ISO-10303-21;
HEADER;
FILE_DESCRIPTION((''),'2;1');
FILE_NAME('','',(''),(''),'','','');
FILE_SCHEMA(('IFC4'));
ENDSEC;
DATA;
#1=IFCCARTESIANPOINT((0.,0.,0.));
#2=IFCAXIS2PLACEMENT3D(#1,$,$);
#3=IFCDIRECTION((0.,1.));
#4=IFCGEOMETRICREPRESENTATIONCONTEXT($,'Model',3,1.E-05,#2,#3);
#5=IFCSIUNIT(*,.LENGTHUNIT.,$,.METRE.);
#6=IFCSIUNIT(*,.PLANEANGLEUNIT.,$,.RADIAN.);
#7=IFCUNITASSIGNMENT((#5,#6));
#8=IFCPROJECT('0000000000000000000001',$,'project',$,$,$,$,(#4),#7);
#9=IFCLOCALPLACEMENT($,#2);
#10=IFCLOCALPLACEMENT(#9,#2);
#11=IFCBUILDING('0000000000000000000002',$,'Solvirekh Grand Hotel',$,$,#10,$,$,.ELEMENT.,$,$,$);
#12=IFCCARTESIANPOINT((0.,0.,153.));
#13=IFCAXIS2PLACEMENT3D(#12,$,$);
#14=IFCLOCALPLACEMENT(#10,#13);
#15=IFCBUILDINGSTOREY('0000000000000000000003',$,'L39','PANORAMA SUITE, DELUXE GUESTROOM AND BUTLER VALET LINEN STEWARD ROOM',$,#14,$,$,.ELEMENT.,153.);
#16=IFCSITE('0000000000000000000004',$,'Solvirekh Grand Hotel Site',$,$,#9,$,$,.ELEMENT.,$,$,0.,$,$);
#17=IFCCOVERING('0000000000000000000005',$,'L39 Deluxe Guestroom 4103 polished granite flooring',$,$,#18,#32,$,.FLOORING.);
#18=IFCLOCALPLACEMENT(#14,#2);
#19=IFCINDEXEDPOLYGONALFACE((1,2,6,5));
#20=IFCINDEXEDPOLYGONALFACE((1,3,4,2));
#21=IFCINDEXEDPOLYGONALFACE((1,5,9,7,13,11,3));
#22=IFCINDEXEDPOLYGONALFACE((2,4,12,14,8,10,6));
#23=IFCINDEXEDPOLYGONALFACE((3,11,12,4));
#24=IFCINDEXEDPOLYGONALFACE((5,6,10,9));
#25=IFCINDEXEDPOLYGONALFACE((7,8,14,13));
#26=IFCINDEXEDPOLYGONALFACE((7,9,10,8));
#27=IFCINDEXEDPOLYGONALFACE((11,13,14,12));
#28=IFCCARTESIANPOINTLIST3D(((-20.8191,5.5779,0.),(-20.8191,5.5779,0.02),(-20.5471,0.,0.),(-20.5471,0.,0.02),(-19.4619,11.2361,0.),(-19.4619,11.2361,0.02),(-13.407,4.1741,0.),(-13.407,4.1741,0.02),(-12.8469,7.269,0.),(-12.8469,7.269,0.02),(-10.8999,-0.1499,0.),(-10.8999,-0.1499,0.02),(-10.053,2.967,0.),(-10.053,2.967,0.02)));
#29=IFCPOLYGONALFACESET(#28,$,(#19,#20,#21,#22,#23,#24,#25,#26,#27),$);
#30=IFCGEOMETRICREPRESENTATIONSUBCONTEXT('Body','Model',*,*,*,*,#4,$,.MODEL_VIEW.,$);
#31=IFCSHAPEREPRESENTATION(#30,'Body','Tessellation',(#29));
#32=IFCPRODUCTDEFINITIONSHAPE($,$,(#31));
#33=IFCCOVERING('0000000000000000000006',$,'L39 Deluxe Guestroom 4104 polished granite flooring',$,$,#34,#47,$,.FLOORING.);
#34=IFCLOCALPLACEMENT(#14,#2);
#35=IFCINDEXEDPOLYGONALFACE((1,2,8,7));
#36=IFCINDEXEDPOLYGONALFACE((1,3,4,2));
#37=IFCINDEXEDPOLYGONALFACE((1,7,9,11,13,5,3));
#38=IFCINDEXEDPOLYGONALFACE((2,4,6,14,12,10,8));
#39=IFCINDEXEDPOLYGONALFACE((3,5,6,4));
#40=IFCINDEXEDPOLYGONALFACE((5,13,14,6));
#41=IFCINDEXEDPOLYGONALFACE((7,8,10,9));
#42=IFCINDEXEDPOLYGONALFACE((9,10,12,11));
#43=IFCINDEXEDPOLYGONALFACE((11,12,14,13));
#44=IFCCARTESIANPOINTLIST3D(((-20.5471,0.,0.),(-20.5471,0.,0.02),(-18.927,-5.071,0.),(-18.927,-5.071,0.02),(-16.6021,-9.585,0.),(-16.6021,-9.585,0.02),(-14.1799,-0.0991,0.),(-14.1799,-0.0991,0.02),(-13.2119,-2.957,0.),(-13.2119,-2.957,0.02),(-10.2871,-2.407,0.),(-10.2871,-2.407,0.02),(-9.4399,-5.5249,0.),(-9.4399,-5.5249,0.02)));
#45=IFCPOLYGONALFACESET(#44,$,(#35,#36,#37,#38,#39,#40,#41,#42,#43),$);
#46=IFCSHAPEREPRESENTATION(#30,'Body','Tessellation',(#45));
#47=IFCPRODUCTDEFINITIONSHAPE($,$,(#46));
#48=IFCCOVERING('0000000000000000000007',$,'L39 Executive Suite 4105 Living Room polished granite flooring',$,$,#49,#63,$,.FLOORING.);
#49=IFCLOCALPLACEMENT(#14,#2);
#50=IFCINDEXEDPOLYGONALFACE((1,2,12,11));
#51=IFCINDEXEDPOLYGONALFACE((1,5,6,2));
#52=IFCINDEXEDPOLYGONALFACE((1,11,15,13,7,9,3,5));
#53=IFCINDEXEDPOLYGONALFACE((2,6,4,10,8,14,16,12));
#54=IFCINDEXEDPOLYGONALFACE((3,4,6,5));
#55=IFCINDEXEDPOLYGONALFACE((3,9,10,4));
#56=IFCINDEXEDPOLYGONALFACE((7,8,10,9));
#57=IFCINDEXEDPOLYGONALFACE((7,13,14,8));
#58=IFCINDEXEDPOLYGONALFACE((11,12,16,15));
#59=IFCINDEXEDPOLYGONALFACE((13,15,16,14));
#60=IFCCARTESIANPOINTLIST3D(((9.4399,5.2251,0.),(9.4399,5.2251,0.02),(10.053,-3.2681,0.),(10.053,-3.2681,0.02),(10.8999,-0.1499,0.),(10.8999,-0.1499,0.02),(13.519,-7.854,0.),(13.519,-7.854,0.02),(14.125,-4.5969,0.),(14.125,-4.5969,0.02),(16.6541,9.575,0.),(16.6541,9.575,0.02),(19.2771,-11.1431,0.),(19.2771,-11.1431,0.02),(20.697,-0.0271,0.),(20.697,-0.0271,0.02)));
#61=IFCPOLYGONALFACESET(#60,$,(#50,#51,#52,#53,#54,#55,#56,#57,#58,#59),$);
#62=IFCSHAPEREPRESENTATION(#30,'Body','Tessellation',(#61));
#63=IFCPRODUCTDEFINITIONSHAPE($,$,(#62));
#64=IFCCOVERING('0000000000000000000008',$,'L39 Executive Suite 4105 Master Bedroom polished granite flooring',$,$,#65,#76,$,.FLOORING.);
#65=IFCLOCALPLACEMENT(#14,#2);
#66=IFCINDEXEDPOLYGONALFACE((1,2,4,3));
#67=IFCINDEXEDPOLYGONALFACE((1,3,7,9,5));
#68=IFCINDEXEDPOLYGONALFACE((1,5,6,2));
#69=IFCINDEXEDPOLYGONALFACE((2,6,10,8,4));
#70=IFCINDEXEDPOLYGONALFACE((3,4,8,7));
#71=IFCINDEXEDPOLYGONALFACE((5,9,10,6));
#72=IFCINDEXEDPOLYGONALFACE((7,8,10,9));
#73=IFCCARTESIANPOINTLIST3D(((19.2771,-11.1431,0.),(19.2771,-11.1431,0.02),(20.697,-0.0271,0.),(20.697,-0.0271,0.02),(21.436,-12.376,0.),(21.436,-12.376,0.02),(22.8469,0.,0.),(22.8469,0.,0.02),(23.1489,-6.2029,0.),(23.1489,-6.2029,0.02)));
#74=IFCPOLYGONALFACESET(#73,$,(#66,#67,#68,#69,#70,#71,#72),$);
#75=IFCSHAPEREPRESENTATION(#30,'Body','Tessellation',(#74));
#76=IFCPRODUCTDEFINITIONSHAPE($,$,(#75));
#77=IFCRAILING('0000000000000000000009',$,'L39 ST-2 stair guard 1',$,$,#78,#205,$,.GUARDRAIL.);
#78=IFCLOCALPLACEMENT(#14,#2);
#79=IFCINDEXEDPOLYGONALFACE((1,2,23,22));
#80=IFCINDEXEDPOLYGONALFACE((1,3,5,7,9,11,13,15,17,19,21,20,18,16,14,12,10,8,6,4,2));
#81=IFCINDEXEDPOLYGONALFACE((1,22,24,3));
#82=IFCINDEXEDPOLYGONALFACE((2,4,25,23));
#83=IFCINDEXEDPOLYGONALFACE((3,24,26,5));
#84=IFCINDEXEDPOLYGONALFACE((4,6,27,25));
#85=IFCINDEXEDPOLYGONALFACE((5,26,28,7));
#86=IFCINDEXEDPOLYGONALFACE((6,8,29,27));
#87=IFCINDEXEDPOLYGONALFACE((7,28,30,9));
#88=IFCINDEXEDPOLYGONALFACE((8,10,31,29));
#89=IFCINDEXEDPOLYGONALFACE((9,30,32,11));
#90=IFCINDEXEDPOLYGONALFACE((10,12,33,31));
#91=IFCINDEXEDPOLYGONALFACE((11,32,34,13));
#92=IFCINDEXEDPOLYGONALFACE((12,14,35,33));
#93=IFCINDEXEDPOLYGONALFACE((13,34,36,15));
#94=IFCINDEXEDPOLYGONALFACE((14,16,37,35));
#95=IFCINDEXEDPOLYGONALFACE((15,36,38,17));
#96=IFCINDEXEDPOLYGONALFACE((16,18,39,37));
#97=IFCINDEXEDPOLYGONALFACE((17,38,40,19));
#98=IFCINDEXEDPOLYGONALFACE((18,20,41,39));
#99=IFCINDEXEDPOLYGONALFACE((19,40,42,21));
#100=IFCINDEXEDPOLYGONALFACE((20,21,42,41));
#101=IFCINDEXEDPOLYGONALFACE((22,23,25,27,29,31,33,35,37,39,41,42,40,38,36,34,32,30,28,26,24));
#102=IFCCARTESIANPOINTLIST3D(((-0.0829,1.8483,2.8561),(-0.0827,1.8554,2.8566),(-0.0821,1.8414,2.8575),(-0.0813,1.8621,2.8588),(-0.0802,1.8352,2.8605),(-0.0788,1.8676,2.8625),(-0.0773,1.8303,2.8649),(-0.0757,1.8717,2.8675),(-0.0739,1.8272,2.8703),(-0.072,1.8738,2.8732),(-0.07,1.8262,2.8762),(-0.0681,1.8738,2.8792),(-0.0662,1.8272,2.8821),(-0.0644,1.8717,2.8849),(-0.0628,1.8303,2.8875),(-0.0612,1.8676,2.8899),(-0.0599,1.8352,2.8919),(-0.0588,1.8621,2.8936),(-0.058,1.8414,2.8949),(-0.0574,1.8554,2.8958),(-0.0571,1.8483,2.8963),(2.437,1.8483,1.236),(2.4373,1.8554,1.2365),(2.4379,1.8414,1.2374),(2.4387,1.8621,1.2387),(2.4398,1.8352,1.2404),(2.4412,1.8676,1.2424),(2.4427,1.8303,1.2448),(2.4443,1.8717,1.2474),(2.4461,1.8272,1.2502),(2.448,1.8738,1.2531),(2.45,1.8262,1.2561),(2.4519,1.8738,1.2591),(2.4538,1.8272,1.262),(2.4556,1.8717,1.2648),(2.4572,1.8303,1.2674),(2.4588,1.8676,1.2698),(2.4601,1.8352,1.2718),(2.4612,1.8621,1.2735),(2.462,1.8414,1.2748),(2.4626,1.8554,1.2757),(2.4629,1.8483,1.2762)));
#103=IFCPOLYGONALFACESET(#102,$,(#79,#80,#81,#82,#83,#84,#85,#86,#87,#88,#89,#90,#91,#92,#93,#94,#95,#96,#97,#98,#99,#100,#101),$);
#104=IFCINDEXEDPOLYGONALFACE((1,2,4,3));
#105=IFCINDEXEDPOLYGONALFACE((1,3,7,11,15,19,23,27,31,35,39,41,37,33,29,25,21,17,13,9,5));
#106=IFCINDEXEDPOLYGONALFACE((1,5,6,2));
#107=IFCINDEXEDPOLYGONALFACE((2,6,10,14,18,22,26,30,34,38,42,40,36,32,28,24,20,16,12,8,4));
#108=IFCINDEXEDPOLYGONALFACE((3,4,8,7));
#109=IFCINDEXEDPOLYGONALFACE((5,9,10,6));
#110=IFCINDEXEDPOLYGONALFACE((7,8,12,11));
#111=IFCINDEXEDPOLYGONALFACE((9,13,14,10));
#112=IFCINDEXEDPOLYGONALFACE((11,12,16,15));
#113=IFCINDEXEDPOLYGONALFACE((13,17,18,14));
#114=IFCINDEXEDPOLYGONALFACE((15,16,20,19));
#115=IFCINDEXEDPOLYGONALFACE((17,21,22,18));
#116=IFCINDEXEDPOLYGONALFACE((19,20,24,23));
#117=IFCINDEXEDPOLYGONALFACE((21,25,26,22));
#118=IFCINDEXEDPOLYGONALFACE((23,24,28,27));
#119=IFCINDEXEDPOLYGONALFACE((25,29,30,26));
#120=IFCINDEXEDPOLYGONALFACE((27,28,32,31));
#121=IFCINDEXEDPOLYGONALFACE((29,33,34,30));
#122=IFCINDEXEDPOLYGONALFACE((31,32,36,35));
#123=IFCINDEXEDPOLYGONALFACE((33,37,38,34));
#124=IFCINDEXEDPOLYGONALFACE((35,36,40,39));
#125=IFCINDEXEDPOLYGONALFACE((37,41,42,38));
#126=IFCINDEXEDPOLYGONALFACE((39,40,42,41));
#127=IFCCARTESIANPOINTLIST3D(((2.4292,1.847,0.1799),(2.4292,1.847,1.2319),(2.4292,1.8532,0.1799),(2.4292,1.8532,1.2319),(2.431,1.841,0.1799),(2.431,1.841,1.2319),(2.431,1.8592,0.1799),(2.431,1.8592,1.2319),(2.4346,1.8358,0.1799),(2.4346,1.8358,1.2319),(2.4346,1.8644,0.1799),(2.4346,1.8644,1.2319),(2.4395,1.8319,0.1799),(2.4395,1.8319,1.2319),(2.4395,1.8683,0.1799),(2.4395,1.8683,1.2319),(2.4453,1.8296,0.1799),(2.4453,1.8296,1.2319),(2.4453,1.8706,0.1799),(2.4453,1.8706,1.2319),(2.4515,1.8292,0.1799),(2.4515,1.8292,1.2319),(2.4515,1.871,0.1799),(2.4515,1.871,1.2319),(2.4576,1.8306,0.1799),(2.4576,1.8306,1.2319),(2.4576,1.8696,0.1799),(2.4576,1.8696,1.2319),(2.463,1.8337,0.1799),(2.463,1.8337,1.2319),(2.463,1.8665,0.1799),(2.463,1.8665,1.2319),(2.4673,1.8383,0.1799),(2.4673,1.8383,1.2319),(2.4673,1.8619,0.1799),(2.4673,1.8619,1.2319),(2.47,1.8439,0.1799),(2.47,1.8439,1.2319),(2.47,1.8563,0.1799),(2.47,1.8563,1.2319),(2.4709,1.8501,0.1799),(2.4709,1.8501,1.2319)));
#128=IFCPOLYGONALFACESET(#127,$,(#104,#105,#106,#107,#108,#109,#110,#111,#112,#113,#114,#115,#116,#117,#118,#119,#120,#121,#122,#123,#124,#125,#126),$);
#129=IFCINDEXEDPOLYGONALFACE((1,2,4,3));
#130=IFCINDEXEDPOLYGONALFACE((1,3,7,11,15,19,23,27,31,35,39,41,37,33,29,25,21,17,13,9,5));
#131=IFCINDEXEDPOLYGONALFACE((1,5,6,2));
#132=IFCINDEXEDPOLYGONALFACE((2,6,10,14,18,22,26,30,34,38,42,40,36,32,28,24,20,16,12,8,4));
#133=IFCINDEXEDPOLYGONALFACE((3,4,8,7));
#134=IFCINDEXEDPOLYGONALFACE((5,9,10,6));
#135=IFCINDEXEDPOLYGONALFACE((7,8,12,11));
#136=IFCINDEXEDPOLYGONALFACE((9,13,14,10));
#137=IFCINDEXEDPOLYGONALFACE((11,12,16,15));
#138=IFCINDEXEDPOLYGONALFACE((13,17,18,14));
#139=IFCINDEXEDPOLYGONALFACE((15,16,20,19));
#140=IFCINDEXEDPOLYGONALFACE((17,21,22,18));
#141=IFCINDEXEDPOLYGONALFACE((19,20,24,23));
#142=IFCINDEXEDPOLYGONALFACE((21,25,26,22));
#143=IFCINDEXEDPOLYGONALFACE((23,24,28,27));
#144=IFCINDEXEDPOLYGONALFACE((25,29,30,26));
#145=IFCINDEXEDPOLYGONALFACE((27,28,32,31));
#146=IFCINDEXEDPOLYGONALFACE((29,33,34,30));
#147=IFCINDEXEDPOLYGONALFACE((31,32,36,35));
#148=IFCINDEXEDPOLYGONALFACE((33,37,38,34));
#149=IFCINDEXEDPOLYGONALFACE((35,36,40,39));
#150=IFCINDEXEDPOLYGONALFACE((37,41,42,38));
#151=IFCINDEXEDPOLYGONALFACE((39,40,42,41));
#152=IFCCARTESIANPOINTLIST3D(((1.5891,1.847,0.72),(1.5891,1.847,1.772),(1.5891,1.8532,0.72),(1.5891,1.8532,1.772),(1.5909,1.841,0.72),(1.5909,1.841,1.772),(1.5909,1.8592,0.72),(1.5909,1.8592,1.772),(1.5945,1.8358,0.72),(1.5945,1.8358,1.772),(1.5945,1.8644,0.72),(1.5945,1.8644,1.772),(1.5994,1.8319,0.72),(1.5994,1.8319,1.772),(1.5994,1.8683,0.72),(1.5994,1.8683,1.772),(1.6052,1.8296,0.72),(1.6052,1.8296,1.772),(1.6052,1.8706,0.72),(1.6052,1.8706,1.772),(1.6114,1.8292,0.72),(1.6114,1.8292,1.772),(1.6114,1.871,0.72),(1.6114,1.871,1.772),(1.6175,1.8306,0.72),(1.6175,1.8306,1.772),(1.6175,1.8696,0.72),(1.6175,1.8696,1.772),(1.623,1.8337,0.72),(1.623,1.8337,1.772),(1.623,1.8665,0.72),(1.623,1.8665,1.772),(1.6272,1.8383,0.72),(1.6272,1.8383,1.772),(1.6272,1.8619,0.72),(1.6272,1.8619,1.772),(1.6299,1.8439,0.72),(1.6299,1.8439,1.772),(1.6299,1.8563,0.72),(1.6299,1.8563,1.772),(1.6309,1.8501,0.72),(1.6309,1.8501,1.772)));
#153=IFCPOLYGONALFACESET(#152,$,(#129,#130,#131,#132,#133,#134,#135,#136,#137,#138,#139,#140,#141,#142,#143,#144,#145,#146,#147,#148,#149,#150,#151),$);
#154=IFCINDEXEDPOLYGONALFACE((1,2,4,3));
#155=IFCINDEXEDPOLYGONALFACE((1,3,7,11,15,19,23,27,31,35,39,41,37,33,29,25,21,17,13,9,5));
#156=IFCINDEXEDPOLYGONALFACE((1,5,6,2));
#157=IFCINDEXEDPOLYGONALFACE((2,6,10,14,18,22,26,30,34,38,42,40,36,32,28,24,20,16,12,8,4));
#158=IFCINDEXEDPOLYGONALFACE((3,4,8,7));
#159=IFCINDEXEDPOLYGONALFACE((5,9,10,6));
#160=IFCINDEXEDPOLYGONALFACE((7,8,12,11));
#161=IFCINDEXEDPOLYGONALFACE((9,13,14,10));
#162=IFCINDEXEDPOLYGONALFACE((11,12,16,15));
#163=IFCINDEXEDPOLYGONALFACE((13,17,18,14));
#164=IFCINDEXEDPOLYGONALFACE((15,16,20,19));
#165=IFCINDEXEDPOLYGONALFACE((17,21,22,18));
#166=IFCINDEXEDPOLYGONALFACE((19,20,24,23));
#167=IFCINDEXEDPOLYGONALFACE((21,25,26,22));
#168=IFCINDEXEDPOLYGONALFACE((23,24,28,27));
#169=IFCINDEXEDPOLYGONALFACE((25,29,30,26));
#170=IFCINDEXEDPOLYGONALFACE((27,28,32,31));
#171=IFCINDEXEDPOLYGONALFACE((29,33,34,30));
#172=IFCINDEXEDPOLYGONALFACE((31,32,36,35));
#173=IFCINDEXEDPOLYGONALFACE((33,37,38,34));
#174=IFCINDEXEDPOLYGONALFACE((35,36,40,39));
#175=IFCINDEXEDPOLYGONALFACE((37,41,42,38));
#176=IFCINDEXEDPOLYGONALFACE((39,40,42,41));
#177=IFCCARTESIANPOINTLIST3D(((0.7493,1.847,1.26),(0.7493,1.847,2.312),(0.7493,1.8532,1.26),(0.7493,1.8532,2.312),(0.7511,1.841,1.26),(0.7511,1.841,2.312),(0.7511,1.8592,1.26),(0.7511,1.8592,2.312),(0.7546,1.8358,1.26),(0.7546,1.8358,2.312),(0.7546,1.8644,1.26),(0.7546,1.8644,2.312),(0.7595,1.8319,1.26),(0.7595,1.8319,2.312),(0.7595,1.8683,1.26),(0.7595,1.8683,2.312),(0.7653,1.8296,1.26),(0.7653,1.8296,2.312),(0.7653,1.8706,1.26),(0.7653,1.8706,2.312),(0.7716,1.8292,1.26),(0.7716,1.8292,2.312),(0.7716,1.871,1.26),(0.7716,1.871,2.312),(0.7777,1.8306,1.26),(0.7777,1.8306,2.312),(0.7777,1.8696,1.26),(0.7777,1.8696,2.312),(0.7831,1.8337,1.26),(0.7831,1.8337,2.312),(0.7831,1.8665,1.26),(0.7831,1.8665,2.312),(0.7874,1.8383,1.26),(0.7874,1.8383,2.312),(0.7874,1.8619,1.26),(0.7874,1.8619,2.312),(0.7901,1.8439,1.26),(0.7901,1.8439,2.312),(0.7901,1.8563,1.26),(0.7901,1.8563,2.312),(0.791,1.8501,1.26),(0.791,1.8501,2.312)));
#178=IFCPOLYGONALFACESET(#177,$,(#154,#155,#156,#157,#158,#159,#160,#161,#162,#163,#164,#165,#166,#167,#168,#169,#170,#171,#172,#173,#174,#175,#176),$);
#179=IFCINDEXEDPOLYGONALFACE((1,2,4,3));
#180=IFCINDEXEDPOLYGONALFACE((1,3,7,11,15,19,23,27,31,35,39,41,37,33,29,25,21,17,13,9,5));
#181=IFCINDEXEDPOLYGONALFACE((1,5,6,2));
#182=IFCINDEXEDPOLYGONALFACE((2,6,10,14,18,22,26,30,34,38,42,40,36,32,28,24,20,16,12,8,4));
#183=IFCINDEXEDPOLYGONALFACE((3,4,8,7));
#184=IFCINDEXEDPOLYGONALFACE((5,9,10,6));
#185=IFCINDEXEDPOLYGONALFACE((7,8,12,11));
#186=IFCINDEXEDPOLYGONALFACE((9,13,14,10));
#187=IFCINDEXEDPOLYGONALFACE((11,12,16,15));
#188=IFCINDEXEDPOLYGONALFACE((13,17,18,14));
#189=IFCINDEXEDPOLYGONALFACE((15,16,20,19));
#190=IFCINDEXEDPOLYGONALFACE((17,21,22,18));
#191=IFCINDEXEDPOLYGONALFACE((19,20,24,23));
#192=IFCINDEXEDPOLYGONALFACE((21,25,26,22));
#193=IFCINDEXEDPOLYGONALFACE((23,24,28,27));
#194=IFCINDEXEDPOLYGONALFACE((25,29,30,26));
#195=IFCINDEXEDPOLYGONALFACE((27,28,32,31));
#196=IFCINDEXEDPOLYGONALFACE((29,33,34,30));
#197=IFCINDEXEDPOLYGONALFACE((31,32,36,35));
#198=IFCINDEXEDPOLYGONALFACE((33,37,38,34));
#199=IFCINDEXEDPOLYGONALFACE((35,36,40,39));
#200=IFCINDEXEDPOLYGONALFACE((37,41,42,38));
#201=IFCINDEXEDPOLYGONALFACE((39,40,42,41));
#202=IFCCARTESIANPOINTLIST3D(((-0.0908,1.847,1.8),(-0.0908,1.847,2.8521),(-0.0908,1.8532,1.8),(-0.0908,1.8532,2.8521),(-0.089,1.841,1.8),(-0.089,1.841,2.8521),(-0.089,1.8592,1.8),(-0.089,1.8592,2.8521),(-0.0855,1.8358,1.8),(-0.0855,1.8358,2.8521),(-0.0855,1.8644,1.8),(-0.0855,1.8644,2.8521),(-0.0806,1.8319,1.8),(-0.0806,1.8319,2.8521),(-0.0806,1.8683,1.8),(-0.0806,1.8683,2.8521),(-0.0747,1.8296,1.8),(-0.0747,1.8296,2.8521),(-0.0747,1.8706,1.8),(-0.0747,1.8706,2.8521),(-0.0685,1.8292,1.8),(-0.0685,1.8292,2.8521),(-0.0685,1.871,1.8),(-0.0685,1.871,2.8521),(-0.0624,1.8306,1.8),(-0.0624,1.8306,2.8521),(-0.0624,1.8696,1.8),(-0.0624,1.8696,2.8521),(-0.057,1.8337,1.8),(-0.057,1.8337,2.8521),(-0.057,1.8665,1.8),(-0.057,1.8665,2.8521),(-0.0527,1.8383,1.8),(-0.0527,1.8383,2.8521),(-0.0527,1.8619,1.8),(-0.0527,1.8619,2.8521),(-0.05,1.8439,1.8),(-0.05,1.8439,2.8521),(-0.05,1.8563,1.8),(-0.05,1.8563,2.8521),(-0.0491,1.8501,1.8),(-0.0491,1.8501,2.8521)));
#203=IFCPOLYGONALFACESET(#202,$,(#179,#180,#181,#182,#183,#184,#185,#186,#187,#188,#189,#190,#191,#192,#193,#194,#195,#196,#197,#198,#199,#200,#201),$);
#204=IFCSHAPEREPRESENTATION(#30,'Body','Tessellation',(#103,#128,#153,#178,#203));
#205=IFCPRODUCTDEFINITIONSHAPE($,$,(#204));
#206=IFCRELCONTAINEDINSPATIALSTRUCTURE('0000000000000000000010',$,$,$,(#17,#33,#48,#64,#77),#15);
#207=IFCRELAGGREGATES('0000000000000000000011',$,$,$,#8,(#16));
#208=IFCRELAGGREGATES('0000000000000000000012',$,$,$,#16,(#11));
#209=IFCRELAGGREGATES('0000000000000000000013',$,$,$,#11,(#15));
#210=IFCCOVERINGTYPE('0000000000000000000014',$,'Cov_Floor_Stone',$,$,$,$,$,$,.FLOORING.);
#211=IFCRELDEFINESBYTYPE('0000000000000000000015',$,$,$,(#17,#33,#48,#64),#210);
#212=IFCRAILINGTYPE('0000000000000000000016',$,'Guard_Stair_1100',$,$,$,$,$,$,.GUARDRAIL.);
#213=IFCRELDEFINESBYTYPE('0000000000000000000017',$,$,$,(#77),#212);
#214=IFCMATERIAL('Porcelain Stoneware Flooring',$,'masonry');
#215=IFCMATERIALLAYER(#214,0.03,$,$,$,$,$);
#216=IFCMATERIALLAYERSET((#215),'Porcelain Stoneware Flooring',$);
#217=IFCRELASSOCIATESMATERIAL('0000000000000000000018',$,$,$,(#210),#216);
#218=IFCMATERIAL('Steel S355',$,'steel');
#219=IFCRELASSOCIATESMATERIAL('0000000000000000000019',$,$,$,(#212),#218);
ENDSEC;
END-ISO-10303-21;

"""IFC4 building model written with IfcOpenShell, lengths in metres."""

from ifc_helpers import new_model, si_unit, direction, frame, origin, origin_2d, place, context, subcontext, project, spatial, polyline, circle, outline, extrude, material, layer, layer_set, type_object, element, save


model = new_model("IFC4")

# Units and contexts
model_context = context("Model", 3, precision=1e-05, world=origin(), true_north=direction((0.0, 1.0)))
body_context = subcontext(model_context, "Body", "Model", "MODEL_VIEW")
ifc_project = project(units=[si_unit("LENGTHUNIT", "METRE"), si_unit("PLANEANGLEUNIT", "RADIAN")], contexts=[model_context])

# Site, building, storey
site_placement = place(None, origin())
site = spatial("IfcSite", under=ifc_project, at=site_placement, Name="Solvirekh Grand Hotel Site", CompositionType="ELEMENT", RefElevation=0.0)
building_placement = place(site_placement, origin())
building = spatial("IfcBuilding", under=site, at=building_placement, Name="Solvirekh Grand Hotel", CompositionType="ELEMENT")
storey_placement = place(building_placement, frame((0.0, 0.0, 153.0)))
storey = spatial("IfcBuildingStorey", under=building, at=storey_placement, Name="L39", Description="PANORAMA SUITE, DELUXE GUESTROOM AND BUTLER VALET LINEN STEWARD ROOM", CompositionType="ELEMENT", Elevation=153.0)

# Shared definitions
ifc_material_1 = material(Name="Steel S355", Category="steel")

# Coverings
ifc_material_2 = material(Name="Porcelain Stoneware Flooring", Category="masonry")
ifc_layer_1 = layer(ifc_material_2, 0.03)
ifc_layer_set_1 = layer_set([ifc_layer_1], Name="Porcelain Stoneware Flooring")
covering_type_1 = type_object("IfcCoveringType", Name="Cov_Floor_Stone", PredefinedType="FLOORING", material=ifc_layer_set_1)
covering_1_placement = place(storey_placement, origin())
element("IfcCovering", 1, at=covering_1_placement, inside=storey, type_object=covering_type_1, Name="L39 Deluxe Guestroom 4103 polished granite flooring", PredefinedType="FLOORING", context=body_context, shape_type="SweptSolid", body=[
    extrude(outline(polyline([(-13.407, 4.1741), (-12.8469, 7.269), (-19.4619, 11.2361), (-20.8191, 5.5779), (-20.5471, 0.0), (-10.8999, -0.1499), (-10.053, 2.967), (-13.407, 4.1741)])), origin(), (0.0, 0.0, 1.0), 0.02),
])
covering_2_placement = place(storey_placement, origin())
element("IfcCovering", 2, at=covering_2_placement, inside=storey, type_object=covering_type_1, Name="L39 Deluxe Guestroom 4104 polished granite flooring", PredefinedType="FLOORING", context=body_context, shape_type="SweptSolid", body=[
    extrude(outline(polyline([(-13.2119, -2.957), (-14.1799, -0.0991), (-20.5471, 0.0), (-18.927, -5.071), (-16.6021, -9.585), (-9.4399, -5.5249), (-10.2871, -2.407), (-13.2119, -2.957)])), origin(), (0.0, 0.0, 1.0), 0.02),
])
covering_3_placement = place(storey_placement, origin())
element("IfcCovering", 3, at=covering_3_placement, inside=storey, type_object=covering_type_1, Name="L39 Executive Suite 4105 Living Room polished granite flooring", PredefinedType="FLOORING", context=body_context, shape_type="SweptSolid", body=[
    extrude(outline(polyline([(14.125, -4.5969), (13.519, -7.854), (19.2771, -11.1431), (20.697, -0.0271), (16.6541, 9.575), (9.4399, 5.2251), (10.8999, -0.1499), (10.053, -3.2681), (14.125, -4.5969)])), origin(), (0.0, 0.0, 1.0), 0.02),
])
covering_4_placement = place(storey_placement, origin())
element("IfcCovering", 4, at=covering_4_placement, inside=storey, type_object=covering_type_1, Name="L39 Executive Suite 4105 Master Bedroom polished granite flooring", PredefinedType="FLOORING", context=body_context, shape_type="SweptSolid", body=[
    extrude(outline(polyline([(21.436, -12.376), (23.1489, -6.2029), (22.8469, 0.0), (20.697, -0.0271), (19.2771, -11.1431), (21.436, -12.376)])), origin(), (0.0, 0.0, 1.0), 0.02),
])

# Railing
railing_type_1 = type_object("IfcRailingType", Name="Guard_Stair_1100", PredefinedType="GUARDRAIL", material=ifc_material_1)
railing_1_placement = place(storey_placement, frame((2.45, 1.8501, 0.1799)))
element("IfcRailing", 5, at=railing_1_placement, inside=storey, type_object=railing_type_1, Name="L39 ST-2 stair guard 1", PredefinedType="GUARDRAIL", context=body_context, shape_type="SweptSolid", body=[
    extrude(circle(Radius=0.0239, at=origin_2d()), frame((0.0, 0.0, 1.0762), z_axis=(-0.841163, 0.0, 0.540782), x_axis=(0.0, -1.0, 0.0)), (0.0, 0.0, 1.0), 2.9958),
    extrude(circle(Radius=0.021, at=origin_2d()), origin(), (0.0, 0.0, 1.0), 1.052),
    extrude(circle(Radius=0.021, at=origin_2d()), frame((-0.8401, 0.0, 0.54)), (0.0, 0.0, 1.0), 1.052),
    extrude(circle(Radius=0.021, at=origin_2d()), frame((-1.6799, 0.0, 1.0801)), (0.0, 0.0, 1.0), 1.052),
    extrude(circle(Radius=0.021, at=origin_2d()), frame((-2.52, 0.0, 1.6201)), (0.0, 0.0, 1.0), 1.052),
])

save(model, "model.ifc")
